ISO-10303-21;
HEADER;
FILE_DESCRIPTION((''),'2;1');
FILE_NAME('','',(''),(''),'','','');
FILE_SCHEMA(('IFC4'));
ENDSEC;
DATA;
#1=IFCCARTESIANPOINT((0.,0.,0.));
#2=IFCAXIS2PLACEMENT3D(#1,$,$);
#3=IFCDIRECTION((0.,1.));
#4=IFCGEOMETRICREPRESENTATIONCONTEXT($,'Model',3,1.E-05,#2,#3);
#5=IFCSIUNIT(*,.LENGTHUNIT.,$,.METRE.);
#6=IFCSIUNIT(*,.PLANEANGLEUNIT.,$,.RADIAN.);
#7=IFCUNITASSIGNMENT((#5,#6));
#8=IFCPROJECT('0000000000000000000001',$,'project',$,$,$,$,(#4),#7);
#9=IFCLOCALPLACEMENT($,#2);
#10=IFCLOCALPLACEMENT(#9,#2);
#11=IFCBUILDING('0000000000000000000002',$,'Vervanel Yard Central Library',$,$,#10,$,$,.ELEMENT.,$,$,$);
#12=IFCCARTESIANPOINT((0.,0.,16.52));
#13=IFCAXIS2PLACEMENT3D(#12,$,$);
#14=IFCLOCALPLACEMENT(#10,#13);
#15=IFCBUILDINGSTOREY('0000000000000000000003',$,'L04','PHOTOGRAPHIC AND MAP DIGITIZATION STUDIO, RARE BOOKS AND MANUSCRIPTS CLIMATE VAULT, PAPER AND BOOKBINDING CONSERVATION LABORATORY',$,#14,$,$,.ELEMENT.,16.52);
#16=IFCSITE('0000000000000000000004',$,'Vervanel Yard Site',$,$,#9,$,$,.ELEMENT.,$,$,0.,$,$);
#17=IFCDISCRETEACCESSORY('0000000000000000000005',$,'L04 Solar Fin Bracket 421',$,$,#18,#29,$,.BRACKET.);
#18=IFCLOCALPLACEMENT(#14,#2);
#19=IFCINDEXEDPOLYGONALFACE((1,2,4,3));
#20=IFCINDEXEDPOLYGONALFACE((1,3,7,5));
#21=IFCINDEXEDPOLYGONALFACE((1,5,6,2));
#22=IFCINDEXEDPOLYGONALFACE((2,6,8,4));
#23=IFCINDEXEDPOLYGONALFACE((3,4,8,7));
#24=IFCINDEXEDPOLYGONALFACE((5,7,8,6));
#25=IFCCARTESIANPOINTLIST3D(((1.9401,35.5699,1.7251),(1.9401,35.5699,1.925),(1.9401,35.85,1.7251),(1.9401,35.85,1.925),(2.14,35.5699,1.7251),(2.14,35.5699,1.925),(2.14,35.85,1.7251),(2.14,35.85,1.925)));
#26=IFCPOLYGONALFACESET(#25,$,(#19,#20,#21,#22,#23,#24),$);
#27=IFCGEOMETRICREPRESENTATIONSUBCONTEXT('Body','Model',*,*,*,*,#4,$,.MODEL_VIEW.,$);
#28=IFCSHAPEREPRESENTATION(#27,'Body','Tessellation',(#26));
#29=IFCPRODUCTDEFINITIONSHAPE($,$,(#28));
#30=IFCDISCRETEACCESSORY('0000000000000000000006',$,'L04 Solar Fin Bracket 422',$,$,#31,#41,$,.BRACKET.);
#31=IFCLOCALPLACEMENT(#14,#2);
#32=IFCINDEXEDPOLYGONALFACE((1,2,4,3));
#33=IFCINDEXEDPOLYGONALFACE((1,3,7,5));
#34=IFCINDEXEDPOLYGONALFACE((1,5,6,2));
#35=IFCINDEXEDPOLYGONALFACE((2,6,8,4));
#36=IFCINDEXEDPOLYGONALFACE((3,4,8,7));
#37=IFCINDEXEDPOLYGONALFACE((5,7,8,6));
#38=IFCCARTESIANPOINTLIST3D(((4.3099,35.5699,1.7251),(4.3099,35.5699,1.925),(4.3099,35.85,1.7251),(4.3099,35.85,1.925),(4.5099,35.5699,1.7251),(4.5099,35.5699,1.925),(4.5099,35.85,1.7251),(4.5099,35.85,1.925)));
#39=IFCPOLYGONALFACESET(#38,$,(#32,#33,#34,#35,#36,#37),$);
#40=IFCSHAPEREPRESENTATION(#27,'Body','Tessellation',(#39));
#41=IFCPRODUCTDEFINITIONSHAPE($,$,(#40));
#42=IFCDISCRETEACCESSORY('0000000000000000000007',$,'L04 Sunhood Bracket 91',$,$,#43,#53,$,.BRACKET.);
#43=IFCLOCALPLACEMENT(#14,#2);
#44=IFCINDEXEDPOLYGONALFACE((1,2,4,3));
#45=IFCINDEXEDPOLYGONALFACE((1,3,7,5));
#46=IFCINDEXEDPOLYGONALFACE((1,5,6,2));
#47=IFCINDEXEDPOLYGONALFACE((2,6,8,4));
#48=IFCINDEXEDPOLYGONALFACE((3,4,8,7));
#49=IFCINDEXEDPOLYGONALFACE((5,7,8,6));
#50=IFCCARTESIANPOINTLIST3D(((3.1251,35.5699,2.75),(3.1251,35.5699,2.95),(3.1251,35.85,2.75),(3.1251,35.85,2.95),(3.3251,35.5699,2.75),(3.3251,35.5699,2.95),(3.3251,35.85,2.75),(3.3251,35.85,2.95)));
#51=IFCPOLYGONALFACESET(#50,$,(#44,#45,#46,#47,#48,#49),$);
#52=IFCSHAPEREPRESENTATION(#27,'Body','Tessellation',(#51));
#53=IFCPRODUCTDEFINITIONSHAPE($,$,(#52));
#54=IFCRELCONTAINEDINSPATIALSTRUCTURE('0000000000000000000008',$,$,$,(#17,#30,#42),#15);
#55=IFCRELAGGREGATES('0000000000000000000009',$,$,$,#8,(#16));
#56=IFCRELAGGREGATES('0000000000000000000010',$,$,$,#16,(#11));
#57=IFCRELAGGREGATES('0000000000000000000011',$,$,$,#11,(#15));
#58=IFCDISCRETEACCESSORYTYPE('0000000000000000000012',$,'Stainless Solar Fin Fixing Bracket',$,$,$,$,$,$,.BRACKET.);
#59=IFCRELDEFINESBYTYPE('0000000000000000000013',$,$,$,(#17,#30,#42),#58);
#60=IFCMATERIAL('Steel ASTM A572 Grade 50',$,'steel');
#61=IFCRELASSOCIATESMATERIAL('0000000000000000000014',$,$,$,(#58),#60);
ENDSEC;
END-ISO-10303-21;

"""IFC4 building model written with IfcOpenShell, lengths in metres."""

from ifc_helpers import new_model, si_unit, direction, frame, origin, origin_2d, place, context, subcontext, project, spatial, rectangle, extrude, material, type_object, element, save


model = new_model("IFC4")

# Units and contexts
model_context = context("Model", 3, precision=1e-05, world=origin(), true_north=direction((0.0, 1.0)))
body_context = subcontext(model_context, "Body", "Model", "MODEL_VIEW")
ifc_project = project(units=[si_unit("LENGTHUNIT", "METRE"), si_unit("PLANEANGLEUNIT", "RADIAN")], contexts=[model_context])

# Site, building, storey
site_placement = place(None, origin())
site = spatial("IfcSite", under=ifc_project, at=site_placement, Name="Vervanel Yard Site", CompositionType="ELEMENT", RefElevation=0.0)
building_placement = place(site_placement, origin())
building = spatial("IfcBuilding", under=site, at=building_placement, Name="Vervanel Yard Central Library", CompositionType="ELEMENT")
storey_placement = place(building_placement, frame((0.0, 0.0, 16.52)))
storey = spatial("IfcBuildingStorey", under=building, at=storey_placement, Name="L04", Description="PHOTOGRAPHIC AND MAP DIGITIZATION STUDIO, RARE BOOKS AND MANUSCRIPTS CLIMATE VAULT, PAPER AND BOOKBINDING CONSERVATION LABORATORY", CompositionType="ELEMENT", Elevation=16.52)

# Discrete accessories
ifc_material_1 = material(Name="Steel ASTM A572 Grade 50", Category="steel")
discrete_accessory_type = type_object("IfcDiscreteAccessoryType", Name="Stainless Solar Fin Fixing Bracket", PredefinedType="BRACKET", material=ifc_material_1)
for number, where, z_axis, x_axis, name in (
    (1, (2.04, 35.71, 1.7251), (0.0, 0.0, 1.0), (1.0, 0.0, 0.0), "L04 Solar Fin Bracket 421"),
    (2, (4.4099, 35.71, 1.7251), (0.0, 0.0, 1.0), (1.0, 0.0, 0.0), "L04 Solar Fin Bracket 422"),
    (3, (3.2251, 35.71, 2.75), (0.0, 0.0, 1.0), (1.0, 0.0, 0.0), "L04 Sunhood Bracket 91"),
):
    element("IfcDiscreteAccessory", number, at=place(storey_placement, frame(where, z_axis=z_axis, x_axis=x_axis)), inside=storey, type_object=discrete_accessory_type, Name=name, PredefinedType="BRACKET", context=body_context, shape_type="SweptSolid", body=[
        extrude(rectangle(XDim=0.2, YDim=0.28, at=origin_2d()), origin(), (0.0, 0.0, 1.0), 0.2),
    ])

save(model, "model.ifc")
